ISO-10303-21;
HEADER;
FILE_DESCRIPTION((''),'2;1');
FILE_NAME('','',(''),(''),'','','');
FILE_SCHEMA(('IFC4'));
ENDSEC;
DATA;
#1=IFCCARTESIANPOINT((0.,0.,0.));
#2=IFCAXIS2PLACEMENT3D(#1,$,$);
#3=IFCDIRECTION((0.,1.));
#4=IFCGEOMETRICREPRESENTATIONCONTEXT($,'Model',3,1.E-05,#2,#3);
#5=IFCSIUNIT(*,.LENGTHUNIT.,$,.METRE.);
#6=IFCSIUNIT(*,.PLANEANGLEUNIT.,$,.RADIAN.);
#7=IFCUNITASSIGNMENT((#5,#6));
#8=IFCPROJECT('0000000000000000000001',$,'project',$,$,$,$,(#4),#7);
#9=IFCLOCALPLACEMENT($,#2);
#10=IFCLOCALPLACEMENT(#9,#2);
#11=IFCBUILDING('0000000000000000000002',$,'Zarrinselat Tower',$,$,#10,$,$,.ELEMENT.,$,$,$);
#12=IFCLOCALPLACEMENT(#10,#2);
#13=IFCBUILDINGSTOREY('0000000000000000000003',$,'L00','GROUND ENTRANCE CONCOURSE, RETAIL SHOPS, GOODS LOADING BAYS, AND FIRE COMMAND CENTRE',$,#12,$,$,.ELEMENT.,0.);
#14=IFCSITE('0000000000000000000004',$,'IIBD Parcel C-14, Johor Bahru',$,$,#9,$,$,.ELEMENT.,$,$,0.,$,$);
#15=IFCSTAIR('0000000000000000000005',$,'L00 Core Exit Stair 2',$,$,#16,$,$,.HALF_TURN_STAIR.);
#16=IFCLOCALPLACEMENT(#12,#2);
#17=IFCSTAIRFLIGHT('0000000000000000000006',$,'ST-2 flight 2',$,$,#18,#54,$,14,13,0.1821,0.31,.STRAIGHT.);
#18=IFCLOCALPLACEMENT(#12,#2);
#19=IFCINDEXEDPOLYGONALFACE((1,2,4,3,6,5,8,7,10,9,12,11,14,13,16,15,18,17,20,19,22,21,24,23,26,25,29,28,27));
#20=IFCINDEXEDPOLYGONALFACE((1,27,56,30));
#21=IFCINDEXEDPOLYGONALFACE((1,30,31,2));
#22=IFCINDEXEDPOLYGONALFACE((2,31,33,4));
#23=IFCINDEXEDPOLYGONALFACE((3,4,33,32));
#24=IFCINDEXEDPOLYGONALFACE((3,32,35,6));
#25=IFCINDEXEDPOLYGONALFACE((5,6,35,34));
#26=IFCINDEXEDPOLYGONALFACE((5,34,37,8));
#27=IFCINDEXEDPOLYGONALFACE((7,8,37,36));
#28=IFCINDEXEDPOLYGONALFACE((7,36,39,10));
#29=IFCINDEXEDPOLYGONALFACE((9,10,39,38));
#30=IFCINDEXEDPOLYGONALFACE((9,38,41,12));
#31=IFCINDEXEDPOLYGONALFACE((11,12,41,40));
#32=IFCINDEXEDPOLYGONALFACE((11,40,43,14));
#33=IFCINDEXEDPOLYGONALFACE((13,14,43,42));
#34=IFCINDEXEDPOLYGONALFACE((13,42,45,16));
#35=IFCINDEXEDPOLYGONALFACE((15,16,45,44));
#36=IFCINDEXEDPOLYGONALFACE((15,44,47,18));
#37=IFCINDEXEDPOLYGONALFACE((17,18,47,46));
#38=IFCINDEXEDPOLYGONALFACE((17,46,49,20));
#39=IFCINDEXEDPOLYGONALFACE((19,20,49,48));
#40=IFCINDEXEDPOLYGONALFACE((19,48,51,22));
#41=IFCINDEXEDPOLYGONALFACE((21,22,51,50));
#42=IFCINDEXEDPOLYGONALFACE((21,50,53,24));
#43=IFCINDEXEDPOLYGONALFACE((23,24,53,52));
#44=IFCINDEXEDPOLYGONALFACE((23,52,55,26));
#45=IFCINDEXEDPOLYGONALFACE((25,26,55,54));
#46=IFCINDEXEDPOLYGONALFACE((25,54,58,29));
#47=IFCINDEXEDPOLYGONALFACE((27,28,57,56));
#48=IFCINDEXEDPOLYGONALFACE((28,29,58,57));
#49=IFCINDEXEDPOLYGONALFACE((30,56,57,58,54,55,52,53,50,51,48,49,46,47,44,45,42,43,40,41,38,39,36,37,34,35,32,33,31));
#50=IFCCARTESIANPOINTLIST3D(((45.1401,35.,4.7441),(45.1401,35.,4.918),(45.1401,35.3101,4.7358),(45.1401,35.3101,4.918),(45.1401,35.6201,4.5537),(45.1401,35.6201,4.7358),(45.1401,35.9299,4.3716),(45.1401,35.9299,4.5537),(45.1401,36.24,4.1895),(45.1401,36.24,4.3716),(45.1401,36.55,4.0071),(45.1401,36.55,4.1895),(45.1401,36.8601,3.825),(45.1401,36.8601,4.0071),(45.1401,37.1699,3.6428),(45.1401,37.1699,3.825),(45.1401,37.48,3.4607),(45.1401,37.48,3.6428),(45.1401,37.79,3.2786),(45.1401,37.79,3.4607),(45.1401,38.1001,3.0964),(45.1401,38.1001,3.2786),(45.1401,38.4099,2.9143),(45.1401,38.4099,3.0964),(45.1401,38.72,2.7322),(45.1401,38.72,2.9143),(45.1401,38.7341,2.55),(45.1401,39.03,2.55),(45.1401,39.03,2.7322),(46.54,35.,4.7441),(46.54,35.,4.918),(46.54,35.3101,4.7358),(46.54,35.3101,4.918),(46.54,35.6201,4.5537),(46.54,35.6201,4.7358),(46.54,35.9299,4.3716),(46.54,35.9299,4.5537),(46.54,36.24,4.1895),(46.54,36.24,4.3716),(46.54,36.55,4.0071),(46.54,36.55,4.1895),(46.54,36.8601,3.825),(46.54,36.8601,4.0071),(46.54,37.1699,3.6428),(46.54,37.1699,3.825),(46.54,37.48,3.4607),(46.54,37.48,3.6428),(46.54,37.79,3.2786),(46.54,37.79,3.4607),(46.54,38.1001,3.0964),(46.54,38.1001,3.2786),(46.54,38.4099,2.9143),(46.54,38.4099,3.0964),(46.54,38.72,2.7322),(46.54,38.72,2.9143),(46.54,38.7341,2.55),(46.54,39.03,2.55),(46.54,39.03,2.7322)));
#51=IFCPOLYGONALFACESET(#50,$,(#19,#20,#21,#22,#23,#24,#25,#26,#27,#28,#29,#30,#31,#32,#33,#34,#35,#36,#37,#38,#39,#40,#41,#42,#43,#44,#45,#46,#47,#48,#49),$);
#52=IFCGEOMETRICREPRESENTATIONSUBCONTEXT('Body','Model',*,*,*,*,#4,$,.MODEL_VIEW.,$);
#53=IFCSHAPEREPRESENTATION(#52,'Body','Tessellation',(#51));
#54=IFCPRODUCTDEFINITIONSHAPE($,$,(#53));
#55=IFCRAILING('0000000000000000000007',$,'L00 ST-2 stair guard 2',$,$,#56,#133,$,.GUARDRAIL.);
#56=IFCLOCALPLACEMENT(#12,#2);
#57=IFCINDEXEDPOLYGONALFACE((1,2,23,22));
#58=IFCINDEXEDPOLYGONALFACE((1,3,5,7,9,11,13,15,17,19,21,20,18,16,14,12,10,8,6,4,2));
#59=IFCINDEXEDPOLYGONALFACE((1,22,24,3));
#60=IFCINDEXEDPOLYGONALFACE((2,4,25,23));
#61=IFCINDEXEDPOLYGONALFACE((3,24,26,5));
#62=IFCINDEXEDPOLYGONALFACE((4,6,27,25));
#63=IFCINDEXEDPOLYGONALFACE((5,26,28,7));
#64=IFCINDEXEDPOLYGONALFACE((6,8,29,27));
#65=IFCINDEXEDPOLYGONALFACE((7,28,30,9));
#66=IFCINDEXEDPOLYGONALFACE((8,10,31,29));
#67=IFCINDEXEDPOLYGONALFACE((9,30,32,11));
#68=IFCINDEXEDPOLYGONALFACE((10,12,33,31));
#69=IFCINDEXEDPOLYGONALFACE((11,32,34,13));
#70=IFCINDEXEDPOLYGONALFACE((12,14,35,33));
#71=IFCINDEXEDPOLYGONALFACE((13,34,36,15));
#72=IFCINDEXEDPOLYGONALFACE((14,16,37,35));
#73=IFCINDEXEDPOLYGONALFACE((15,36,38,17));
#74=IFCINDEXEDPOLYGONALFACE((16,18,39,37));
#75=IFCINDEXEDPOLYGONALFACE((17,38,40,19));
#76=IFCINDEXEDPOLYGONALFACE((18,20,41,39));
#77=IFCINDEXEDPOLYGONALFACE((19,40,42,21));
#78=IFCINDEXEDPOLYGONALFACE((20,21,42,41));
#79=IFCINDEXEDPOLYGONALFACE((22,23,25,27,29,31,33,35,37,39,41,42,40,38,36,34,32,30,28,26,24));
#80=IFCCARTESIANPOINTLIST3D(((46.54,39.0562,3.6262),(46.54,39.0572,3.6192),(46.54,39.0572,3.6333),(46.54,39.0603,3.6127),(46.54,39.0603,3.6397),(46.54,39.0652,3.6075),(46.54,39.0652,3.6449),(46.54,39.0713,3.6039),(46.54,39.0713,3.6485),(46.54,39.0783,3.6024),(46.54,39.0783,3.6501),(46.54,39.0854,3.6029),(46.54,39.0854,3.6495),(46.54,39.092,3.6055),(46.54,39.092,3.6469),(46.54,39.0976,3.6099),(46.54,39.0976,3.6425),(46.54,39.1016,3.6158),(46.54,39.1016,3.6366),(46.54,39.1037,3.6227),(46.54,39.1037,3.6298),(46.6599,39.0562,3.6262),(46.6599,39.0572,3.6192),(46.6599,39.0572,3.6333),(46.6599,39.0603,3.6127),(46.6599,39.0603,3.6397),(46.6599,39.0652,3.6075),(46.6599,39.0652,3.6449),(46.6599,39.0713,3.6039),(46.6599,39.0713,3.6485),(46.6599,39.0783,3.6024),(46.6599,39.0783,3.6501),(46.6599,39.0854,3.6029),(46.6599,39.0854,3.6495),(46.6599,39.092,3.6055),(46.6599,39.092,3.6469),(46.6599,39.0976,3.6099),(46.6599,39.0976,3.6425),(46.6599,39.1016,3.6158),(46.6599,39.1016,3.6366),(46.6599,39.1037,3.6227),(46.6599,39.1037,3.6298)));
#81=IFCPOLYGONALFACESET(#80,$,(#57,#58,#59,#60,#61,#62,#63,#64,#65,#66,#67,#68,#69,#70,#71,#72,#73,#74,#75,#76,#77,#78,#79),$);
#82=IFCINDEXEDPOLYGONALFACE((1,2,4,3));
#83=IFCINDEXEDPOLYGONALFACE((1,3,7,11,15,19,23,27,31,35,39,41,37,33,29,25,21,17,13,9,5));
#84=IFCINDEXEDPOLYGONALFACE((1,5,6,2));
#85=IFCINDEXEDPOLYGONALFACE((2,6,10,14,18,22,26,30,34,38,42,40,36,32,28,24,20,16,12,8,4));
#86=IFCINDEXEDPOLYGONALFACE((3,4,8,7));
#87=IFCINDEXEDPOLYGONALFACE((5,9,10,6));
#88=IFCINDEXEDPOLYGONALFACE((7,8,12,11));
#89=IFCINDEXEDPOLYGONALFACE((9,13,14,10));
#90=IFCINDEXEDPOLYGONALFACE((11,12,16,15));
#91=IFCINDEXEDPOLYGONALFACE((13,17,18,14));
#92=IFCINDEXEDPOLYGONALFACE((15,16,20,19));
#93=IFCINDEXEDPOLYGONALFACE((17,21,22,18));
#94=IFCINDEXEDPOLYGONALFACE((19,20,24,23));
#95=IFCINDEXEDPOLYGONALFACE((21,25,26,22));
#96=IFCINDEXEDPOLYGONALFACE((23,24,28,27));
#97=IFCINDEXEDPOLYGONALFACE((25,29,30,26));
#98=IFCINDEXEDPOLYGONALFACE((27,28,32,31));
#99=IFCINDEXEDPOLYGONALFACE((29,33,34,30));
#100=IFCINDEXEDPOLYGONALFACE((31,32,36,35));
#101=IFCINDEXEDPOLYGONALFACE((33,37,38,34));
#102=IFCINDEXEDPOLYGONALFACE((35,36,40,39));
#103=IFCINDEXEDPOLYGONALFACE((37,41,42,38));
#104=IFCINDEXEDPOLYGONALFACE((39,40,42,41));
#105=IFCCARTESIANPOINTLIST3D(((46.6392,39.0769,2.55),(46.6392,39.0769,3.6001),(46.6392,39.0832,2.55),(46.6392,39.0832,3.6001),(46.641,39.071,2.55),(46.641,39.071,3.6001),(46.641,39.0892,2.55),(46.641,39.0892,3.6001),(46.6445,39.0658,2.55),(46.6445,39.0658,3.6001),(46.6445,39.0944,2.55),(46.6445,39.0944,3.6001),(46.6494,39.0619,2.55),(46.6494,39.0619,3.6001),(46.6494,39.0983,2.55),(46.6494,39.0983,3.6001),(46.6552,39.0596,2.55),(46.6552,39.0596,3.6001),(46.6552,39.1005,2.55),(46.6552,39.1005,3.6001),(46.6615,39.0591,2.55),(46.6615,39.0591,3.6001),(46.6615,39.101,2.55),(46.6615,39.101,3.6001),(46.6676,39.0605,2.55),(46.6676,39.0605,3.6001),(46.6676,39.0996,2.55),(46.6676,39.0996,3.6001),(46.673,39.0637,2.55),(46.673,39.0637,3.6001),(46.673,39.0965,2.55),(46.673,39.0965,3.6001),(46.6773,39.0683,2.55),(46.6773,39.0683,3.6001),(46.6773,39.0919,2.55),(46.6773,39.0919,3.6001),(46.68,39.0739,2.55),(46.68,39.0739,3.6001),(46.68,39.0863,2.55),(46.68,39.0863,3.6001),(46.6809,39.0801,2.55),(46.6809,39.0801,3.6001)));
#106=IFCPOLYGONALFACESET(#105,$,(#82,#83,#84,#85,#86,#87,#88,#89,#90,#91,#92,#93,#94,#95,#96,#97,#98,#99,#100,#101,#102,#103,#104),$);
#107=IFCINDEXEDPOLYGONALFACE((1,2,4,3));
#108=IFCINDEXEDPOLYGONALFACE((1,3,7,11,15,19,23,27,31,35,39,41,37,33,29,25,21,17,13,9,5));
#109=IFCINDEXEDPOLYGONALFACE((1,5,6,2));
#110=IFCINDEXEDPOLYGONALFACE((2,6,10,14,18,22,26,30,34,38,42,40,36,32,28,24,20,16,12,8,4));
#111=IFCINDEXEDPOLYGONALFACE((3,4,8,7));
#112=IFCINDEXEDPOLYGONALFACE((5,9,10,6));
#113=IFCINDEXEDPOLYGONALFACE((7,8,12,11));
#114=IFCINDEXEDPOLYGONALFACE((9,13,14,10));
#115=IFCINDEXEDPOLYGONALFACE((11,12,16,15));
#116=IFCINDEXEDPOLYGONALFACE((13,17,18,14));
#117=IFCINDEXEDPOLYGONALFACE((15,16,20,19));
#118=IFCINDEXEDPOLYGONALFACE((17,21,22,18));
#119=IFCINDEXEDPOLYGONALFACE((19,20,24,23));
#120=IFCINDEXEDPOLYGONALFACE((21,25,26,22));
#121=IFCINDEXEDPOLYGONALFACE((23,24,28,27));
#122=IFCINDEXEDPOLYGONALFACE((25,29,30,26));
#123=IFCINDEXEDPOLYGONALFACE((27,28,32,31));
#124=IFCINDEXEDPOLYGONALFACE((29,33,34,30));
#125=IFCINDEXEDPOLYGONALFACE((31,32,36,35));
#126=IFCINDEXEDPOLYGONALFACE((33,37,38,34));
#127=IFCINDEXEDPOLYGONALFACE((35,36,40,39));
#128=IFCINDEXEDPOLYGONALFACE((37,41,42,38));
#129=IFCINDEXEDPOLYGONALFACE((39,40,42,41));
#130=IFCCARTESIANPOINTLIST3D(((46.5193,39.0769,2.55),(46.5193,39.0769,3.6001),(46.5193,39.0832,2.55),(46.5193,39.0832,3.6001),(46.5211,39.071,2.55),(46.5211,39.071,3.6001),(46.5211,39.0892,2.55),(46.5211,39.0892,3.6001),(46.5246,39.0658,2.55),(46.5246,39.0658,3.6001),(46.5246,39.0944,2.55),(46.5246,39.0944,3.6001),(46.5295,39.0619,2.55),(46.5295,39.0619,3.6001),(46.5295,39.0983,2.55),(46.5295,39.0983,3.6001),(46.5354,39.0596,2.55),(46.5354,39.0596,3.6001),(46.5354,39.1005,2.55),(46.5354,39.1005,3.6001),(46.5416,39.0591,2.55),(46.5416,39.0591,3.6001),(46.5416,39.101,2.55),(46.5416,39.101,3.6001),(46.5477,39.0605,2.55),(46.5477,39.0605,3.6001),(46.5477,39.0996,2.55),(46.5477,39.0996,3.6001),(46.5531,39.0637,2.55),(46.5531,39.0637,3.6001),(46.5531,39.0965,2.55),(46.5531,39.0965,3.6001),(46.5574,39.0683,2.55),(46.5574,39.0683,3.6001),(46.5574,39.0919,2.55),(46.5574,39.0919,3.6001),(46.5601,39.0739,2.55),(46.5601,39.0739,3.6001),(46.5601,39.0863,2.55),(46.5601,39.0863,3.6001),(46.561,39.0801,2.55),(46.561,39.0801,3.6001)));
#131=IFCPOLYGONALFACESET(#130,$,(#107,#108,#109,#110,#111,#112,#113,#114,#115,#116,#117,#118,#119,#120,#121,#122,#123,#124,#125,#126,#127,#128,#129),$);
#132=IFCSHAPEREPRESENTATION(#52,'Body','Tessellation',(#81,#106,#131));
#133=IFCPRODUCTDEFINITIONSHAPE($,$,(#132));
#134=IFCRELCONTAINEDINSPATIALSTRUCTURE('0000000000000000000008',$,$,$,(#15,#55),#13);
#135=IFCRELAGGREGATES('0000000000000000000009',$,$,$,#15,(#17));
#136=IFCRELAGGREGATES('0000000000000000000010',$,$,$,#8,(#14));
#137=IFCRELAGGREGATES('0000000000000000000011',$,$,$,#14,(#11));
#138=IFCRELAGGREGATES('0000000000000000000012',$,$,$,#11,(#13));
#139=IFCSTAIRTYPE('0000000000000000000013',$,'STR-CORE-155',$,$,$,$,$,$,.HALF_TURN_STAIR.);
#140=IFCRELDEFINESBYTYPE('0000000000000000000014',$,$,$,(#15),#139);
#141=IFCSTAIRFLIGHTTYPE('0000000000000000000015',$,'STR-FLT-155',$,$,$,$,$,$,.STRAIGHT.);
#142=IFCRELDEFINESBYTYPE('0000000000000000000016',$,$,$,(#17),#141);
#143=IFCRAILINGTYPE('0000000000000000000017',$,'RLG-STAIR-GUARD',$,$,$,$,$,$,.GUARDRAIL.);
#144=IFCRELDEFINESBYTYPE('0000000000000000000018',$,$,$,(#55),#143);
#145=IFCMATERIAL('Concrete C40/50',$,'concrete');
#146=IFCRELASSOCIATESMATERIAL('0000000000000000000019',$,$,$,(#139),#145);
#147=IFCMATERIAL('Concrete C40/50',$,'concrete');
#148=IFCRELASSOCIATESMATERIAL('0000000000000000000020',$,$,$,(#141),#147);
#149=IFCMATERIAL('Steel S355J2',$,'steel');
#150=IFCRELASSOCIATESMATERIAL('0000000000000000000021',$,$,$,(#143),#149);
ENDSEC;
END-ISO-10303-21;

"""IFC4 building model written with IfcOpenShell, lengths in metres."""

from ifc_helpers import new_model, si_unit, direction, frame, origin, origin_2d, place, context, subcontext, project, spatial, polyline, circle, outline, extrude, material, type_object, element, aggregate, save


model = new_model("IFC4")

# Units and contexts
model_context = context("Model", 3, precision=1e-05, world=origin(), true_north=direction((0.0, 1.0)))
body_context = subcontext(model_context, "Body", "Model", "MODEL_VIEW")
ifc_project = project(units=[si_unit("LENGTHUNIT", "METRE"), si_unit("PLANEANGLEUNIT", "RADIAN")], contexts=[model_context])

# Site, building, storey
site_placement = place(None, origin())
site = spatial("IfcSite", under=ifc_project, at=site_placement, Name="IIBD Parcel C-14, Johor Bahru", CompositionType="ELEMENT", RefElevation=0.0)
building_placement = place(site_placement, origin())
building = spatial("IfcBuilding", under=site, at=building_placement, Name="Zarrinselat Tower", CompositionType="ELEMENT")
storey_placement = place(building_placement, origin())
storey = spatial("IfcBuildingStorey", under=building, at=storey_placement, Name="L00", Description="GROUND ENTRANCE CONCOURSE, RETAIL SHOPS, GOODS LOADING BAYS, AND FIRE COMMAND CENTRE", CompositionType="ELEMENT", Elevation=0.0)

# Stair, stair flight
ifc_material_1 = material(Name="Concrete C40/50", Category="concrete")
stair_type = type_object("IfcStairType", Name="STR-CORE-155", PredefinedType="HALF_TURN_STAIR", material=ifc_material_1)
stair_placement = place(storey_placement, origin())
stair = element("IfcStair", 1, at=stair_placement, inside=storey, type_object=stair_type, Name="L00 Core Exit Stair 2", PredefinedType="HALF_TURN_STAIR")
ifc_material_2 = material(Name="Concrete C40/50", Category="concrete")
stair_flight_type = type_object("IfcStairFlightType", Name="STR-FLT-155", PredefinedType="STRAIGHT", material=ifc_material_2)
stair_flight_placement = place(storey_placement, frame((45.8401, 39.03, 2.55), z_axis=(0.0, 0.0, 1.0), x_axis=(0.0, -1.0, 0.0)))
stair_flight = element("IfcStairFlight", 2, at=stair_flight_placement, type_object=stair_flight_type, Name="ST-2 flight 2", NumberOfRisers=14, NumberOfTreads=13, PredefinedType="STRAIGHT", RiserHeight=0.1821, TreadLength=0.31, context=body_context, shape_type="SweptSolid", body=[
    extrude(outline(polyline([(0.0, 0.0), (0.0, 0.1821), (0.3101, 0.1821), (0.3101, 0.3643), (0.6201, 0.3643), (0.6201, 0.5464), (0.9299, 0.5464), (0.9299, 0.7285), (1.24, 0.7285), (1.24, 0.9106), (1.55, 0.9106), (1.55, 1.0928), (1.8601, 1.0928), (1.8601, 1.2749), (2.1699, 1.2749), (2.1699, 1.457), (2.48, 1.457), (2.48, 1.6394), (2.79, 1.6394), (2.79, 1.8215), (3.1001, 1.8215), (3.1001, 2.0037), (3.4099, 2.0037), (3.4099, 2.1858), (3.72, 2.1858), (3.72, 2.3679), (4.03, 2.3679), (4.03, 2.55), (4.03, 2.1941), (0.2959, 0.0), (0.0, 0.0)])), frame((0.0, 0.7, 0.0), z_axis=(0.0, -1.0, 0.0), x_axis=(1.0, 0.0, 0.0)), (0.0, 0.0, 1.0), 1.3999),
])
aggregate(stair, [stair_flight])

# Railing
ifc_material_3 = material(Name="Steel S355J2", Category="steel")
railing_type_1 = type_object("IfcRailingType", Name="RLG-STAIR-GUARD", PredefinedType="GUARDRAIL", material=ifc_material_3)
railing_1_placement = place(storey_placement, frame((46.6599, 39.0801, 2.55)))
element("IfcRailing", 3, at=railing_1_placement, inside=storey, type_object=railing_type_1, Name="L00 ST-2 stair guard 2", PredefinedType="GUARDRAIL", context=body_context, shape_type="SweptSolid", body=[
    extrude(circle(Radius=0.0239, at=origin_2d()), frame((0.0, 0.0, 1.0762), z_axis=(-1.0, 0.0, 0.0), x_axis=(0.0, -1.0, 0.0)), (0.0, 0.0, 1.0), 0.1199),
    extrude(circle(Radius=0.021, at=origin_2d()), origin(), (0.0, 0.0, 1.0), 1.05),
    extrude(circle(Radius=0.021, at=origin_2d()), frame((-0.1199, 0.0, 0.0)), (0.0, 0.0, 1.0), 1.05),
])

save(model, "model.ifc")
